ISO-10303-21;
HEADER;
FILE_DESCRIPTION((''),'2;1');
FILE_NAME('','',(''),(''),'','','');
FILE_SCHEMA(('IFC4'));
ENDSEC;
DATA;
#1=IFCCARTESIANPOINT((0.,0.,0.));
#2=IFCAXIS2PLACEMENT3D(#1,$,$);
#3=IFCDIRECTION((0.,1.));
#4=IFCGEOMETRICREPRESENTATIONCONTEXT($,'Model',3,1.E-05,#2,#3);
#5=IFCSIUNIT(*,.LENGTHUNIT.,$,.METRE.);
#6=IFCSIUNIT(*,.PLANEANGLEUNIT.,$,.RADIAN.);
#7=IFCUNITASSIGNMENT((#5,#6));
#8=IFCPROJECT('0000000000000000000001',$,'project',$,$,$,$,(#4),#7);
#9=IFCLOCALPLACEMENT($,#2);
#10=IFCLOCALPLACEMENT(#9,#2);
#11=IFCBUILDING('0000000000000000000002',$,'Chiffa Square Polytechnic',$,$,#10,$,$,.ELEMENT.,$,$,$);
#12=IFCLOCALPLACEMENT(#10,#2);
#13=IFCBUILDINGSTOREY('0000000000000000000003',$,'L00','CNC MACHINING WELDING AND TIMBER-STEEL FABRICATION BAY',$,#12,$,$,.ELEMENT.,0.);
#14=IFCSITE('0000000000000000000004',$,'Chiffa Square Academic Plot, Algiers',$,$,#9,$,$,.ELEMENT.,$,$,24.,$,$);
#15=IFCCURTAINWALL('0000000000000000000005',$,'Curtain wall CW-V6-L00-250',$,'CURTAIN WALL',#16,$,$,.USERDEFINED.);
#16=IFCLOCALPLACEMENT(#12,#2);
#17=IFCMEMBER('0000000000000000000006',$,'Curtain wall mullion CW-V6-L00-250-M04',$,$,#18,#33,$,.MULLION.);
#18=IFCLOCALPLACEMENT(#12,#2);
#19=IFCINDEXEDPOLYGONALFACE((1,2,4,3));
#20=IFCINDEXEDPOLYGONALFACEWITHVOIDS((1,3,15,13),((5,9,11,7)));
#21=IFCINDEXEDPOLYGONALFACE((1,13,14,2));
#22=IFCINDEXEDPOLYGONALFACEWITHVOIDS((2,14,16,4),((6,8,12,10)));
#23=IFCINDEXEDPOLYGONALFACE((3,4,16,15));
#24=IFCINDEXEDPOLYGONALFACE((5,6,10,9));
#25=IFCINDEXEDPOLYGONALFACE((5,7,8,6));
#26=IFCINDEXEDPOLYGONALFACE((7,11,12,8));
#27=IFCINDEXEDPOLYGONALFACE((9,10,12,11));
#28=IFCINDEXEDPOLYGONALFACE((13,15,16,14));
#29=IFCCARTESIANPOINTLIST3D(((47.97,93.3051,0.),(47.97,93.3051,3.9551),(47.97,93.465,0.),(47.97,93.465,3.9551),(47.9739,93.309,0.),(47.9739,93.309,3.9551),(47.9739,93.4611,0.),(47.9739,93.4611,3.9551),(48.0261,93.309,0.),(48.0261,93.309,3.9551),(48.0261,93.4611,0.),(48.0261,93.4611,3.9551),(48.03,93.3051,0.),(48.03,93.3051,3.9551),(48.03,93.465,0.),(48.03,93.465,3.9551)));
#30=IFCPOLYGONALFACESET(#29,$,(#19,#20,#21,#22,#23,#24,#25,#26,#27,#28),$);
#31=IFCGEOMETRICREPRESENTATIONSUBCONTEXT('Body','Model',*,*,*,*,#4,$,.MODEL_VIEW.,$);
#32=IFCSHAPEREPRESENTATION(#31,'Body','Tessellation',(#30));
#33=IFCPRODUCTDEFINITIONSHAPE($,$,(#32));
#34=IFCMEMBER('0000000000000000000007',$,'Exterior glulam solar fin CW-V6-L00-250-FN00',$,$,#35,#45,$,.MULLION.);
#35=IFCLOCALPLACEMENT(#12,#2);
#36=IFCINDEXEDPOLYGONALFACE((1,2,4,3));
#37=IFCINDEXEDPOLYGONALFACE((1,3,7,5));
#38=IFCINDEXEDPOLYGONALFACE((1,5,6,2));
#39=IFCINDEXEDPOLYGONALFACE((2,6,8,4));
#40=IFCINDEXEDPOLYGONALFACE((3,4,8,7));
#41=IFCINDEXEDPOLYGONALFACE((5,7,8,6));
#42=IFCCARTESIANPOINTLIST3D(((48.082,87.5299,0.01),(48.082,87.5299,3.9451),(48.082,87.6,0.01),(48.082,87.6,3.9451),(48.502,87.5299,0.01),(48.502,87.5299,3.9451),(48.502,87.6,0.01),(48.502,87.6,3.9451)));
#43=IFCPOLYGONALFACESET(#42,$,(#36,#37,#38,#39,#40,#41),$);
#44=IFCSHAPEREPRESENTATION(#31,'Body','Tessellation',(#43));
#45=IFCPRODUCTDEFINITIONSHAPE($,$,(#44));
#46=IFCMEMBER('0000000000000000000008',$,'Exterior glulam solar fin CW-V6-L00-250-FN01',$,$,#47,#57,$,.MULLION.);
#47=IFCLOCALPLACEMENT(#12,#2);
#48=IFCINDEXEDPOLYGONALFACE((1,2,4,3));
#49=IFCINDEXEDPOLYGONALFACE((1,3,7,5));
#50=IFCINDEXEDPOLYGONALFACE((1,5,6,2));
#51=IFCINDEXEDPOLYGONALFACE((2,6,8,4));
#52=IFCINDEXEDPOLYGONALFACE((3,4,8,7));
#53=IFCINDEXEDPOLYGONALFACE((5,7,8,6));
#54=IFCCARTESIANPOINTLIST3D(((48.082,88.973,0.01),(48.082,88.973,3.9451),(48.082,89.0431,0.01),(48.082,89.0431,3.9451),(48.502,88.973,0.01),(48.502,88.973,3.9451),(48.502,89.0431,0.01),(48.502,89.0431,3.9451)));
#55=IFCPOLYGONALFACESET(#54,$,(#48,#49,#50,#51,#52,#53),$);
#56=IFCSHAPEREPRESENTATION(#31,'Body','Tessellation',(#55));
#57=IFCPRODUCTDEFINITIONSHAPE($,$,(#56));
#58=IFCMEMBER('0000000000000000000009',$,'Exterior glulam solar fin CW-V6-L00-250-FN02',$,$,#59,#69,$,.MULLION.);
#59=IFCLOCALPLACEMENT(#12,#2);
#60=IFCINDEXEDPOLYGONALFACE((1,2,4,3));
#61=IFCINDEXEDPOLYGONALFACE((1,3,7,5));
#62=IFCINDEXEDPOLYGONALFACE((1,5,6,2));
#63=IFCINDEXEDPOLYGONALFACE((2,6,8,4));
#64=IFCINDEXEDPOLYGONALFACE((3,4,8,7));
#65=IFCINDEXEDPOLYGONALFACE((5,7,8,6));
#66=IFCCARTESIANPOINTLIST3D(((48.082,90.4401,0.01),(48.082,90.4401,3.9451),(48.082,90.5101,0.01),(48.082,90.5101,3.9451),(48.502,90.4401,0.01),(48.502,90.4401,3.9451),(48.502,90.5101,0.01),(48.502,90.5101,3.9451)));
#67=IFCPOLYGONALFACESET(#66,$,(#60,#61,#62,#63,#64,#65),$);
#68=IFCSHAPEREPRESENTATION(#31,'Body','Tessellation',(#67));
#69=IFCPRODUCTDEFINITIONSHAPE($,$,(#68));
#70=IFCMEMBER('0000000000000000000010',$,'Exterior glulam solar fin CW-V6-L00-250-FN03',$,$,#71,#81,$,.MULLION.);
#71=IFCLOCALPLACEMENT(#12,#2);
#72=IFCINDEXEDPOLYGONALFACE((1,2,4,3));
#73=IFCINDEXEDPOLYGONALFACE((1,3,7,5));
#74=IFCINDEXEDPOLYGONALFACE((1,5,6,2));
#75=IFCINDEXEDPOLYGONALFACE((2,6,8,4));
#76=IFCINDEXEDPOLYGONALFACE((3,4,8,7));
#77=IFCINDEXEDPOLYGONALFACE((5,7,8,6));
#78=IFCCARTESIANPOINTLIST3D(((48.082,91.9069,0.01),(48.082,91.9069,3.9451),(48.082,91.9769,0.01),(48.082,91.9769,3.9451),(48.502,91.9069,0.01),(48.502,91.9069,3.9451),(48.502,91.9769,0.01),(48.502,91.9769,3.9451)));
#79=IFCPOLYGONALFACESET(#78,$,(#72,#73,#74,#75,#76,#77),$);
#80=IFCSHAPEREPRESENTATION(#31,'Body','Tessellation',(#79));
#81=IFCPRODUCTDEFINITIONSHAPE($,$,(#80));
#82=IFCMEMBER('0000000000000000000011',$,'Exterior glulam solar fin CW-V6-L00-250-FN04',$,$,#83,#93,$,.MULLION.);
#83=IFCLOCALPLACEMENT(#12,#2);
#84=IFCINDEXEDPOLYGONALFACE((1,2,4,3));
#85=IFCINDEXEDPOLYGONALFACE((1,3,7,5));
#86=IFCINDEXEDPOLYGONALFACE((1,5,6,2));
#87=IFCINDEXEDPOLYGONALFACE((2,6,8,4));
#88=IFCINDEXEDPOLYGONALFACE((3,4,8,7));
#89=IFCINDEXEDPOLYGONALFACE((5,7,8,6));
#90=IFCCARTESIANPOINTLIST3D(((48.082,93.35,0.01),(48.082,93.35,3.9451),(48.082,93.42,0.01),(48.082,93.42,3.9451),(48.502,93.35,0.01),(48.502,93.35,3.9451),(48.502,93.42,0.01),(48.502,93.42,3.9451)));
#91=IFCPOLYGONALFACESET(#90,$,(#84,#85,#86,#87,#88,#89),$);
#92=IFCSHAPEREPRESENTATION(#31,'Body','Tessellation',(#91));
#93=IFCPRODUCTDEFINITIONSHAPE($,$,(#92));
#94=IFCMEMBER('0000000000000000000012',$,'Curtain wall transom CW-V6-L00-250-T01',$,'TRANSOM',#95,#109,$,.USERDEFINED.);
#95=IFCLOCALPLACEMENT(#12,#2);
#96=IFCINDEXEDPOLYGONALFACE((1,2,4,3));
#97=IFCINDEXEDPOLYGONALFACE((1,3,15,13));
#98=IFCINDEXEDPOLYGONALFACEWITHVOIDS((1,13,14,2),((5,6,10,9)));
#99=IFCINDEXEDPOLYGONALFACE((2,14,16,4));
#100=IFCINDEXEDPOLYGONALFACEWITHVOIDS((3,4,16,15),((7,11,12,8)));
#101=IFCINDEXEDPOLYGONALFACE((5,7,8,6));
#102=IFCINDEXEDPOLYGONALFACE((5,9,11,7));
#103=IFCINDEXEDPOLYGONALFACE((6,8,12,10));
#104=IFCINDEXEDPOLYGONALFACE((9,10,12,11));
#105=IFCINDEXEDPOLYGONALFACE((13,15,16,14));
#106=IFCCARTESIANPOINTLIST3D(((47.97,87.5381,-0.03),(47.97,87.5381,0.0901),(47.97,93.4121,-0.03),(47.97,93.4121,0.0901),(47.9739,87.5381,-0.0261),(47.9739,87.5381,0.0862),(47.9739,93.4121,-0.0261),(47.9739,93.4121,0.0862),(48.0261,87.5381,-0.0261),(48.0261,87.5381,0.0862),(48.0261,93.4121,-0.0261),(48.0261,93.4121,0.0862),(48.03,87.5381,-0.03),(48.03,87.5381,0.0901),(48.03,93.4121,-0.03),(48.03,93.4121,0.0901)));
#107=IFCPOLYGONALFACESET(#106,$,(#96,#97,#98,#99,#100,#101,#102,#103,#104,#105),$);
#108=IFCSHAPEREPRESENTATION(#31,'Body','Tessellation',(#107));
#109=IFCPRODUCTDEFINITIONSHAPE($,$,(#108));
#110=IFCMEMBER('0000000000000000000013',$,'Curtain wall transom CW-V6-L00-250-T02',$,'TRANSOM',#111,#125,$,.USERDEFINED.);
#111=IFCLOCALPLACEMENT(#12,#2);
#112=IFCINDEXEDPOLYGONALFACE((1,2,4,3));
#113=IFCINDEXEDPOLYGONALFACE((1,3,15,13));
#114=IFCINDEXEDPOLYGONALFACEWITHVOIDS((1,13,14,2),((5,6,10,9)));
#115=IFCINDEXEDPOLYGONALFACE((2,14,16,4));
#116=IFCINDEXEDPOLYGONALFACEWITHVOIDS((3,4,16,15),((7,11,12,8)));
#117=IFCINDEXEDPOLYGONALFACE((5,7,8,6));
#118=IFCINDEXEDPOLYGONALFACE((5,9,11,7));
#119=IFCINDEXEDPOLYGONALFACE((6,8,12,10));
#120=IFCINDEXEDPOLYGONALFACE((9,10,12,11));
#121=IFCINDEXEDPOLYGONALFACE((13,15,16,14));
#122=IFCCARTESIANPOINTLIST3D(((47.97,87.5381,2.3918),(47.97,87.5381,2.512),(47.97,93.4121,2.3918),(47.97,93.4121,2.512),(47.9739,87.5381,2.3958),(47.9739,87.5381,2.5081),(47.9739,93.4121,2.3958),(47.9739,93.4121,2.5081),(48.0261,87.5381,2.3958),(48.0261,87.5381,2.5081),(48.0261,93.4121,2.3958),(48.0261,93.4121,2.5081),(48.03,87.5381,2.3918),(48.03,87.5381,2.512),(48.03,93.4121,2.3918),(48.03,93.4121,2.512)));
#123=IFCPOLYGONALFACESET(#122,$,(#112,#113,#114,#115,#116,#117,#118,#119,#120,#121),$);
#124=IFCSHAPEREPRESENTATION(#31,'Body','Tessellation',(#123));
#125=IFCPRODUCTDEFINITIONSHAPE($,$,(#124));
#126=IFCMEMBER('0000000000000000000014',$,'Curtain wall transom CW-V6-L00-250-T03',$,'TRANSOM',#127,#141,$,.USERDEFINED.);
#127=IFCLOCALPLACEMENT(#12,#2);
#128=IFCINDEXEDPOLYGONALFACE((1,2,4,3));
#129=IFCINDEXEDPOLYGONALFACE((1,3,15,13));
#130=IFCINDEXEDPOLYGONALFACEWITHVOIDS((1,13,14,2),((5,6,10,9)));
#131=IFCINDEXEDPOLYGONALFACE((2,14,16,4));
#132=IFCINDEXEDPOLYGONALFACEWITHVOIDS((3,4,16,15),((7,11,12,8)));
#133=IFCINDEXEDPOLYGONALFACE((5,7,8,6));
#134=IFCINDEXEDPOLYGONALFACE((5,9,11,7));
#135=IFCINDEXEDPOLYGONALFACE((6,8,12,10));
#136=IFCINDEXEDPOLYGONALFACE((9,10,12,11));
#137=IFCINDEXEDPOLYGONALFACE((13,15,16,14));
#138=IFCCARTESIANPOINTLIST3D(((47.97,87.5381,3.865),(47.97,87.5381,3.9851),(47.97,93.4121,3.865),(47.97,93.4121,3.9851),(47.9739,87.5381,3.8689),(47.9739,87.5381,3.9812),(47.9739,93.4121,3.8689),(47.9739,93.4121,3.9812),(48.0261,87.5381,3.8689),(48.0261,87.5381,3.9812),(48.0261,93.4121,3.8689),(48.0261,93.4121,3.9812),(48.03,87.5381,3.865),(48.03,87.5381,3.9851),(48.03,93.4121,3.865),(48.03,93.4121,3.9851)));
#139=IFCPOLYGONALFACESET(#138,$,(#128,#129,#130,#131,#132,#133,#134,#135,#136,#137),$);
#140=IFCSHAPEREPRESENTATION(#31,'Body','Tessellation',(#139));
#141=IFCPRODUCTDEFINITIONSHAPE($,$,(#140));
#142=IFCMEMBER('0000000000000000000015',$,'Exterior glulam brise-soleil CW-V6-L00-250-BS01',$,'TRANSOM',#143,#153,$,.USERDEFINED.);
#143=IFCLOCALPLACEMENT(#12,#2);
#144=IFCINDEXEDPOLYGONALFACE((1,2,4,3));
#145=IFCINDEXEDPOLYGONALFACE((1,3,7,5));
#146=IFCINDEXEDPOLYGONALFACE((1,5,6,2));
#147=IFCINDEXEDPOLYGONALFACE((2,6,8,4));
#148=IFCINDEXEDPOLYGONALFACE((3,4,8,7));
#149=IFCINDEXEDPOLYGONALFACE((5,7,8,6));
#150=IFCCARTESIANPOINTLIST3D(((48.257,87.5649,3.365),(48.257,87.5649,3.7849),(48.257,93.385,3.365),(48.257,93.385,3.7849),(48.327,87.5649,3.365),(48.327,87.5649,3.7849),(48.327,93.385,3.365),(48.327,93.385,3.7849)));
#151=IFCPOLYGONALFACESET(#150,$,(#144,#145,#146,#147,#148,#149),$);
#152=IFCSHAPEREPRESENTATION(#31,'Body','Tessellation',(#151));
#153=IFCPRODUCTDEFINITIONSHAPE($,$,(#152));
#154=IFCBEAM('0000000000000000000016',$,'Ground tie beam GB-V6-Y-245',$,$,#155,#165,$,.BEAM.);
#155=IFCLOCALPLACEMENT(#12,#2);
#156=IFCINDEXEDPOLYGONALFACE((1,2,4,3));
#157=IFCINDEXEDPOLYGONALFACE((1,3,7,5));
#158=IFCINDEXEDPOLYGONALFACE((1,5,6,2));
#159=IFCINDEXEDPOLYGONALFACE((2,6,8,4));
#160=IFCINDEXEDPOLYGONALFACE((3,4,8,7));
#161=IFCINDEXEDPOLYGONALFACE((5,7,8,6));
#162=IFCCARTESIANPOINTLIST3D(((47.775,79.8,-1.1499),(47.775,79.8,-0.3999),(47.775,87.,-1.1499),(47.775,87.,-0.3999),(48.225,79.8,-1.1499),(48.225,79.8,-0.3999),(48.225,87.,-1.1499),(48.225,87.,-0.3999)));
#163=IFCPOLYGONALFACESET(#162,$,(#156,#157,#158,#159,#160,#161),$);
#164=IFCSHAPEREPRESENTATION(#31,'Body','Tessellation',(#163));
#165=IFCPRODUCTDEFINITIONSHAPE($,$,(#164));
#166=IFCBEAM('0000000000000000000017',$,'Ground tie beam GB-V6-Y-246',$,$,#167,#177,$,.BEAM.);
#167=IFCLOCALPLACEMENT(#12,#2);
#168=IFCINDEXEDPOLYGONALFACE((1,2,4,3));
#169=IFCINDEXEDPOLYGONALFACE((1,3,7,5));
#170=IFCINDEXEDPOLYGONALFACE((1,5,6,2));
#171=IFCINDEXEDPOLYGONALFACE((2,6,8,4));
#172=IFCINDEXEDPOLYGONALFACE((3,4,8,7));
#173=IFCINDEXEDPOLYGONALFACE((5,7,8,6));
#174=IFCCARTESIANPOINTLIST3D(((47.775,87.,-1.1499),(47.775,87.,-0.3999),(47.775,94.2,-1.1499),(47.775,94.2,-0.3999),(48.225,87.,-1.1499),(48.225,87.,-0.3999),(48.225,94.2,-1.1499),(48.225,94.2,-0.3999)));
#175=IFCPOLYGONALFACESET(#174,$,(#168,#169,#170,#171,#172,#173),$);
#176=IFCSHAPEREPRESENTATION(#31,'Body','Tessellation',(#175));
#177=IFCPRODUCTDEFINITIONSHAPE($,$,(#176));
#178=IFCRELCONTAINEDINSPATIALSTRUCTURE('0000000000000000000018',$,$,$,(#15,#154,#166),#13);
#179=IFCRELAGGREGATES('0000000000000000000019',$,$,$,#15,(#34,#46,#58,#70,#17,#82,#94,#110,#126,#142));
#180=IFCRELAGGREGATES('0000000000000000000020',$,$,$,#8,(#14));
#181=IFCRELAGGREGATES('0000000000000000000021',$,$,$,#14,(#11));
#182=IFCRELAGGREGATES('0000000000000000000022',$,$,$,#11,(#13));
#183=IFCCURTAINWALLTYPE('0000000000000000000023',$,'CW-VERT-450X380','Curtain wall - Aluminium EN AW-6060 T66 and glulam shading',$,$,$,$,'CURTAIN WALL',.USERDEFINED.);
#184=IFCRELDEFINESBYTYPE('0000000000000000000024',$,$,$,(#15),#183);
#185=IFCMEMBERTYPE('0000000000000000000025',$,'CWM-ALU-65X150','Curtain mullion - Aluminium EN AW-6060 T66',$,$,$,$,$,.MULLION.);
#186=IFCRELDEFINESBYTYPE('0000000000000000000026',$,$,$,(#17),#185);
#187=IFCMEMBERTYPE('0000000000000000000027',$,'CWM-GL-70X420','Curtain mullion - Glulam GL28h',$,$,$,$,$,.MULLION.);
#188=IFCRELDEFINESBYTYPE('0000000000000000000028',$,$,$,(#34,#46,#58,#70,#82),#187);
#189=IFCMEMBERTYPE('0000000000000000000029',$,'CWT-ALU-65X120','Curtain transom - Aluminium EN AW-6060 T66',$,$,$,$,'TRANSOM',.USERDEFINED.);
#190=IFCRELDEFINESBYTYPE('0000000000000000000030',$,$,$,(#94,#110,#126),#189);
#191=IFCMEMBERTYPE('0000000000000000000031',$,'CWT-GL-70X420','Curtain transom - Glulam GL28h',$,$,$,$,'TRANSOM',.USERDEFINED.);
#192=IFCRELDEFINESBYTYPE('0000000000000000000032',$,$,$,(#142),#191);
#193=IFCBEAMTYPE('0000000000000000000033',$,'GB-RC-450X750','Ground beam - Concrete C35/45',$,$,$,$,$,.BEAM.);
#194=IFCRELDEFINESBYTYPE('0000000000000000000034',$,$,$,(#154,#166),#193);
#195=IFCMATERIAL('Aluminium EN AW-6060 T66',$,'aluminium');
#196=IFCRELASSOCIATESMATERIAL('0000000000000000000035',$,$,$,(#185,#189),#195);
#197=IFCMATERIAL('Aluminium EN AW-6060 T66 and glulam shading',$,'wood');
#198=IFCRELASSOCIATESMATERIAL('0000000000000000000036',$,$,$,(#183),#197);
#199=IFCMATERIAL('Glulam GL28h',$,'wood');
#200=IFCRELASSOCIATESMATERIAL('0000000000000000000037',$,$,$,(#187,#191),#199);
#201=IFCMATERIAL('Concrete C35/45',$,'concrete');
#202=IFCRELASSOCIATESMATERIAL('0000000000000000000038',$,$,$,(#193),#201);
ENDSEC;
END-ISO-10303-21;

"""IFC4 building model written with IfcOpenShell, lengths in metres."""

from ifc_helpers import new_model, si_unit, direction, frame, origin, origin_2d, place, context, subcontext, project, spatial, rectangle, hollow_rectangle, extrude, material, material_profile, profile_set, type_object, element, aggregate, save


model = new_model("IFC4")

# Units and contexts
model_context = context("Model", 3, precision=1e-05, world=origin(), true_north=direction((0.0, 1.0)))
body_context = subcontext(model_context, "Body", "Model", "MODEL_VIEW")
ifc_project = project(units=[si_unit("LENGTHUNIT", "METRE"), si_unit("PLANEANGLEUNIT", "RADIAN")], contexts=[model_context])

# Site, building, storey
site_placement = place(None, origin())
site = spatial("IfcSite", under=ifc_project, at=site_placement, Name="Chiffa Square Academic Plot, Algiers", CompositionType="ELEMENT", RefElevation=24.0)
building_placement = place(site_placement, origin())
building = spatial("IfcBuilding", under=site, at=building_placement, Name="Chiffa Square Polytechnic", CompositionType="ELEMENT")
storey_placement = place(building_placement, origin())
storey = spatial("IfcBuildingStorey", under=building, at=storey_placement, Name="L00", Description="CNC MACHINING WELDING AND TIMBER-STEEL FABRICATION BAY", CompositionType="ELEMENT", Elevation=0.0)

# Shared definitions
ifc_material_1 = material(Name="Concrete C35/45", Category="concrete")

# Curtain wall, members
ifc_material_2 = material(Name="Aluminium EN AW-6060 T66 and glulam shading", Category="wood")
ifc_material_3 = material(Name="Aluminium EN AW-6060 T66", Category="aluminium")
ifc_material_profile_1 = material_profile(ifc_material_3, hollow_rectangle(XDim=0.0601, YDim=0.1599, WallThickness=0.0039, at=origin_2d()), Name="ALU 60x160x4")
ifc_profile_set_1 = profile_set([ifc_material_profile_1], Name="Aluminium EN AW-6060 T66")
member_type_1 = type_object("IfcMemberType", Name="CWM-ALU-65X150", Description="Curtain mullion - Aluminium EN AW-6060 T66", PredefinedType="MULLION", material=ifc_profile_set_1)
curtain_wall_type_1 = type_object("IfcCurtainWallType", Name="CW-VERT-450X380", Description="Curtain wall - Aluminium EN AW-6060 T66 and glulam shading", ElementType="CURTAIN WALL", PredefinedType="USERDEFINED", material=ifc_material_2)
curtain_wall_1_placement = place(storey_placement, origin())
curtain_wall_1 = element("IfcCurtainWall", 1, at=curtain_wall_1_placement, inside=storey, type_object=curtain_wall_type_1, Name="Curtain wall CW-V6-L00-250", ObjectType="CURTAIN WALL", PredefinedType="USERDEFINED")
member_1_placement = place(storey_placement, frame((48.0, 93.385, 0.0), z_axis=(0.0, 0.0, 1.0), x_axis=(1.0, 0.0, 0.0)))
member_1 = element("IfcMember", 2, at=member_1_placement, type_object=member_type_1, Name="Curtain wall mullion CW-V6-L00-250-M04", PredefinedType="MULLION", context=body_context, shape_type="SweptSolid", body=[
    extrude(hollow_rectangle(XDim=0.0601, YDim=0.1599, WallThickness=0.0039, at=origin_2d()), origin(), (0.0, 0.0, 1.0), 3.9551),
])
ifc_material_4 = material(Name="Glulam GL28h", Category="wood")
ifc_material_profile_2 = material_profile(ifc_material_4, rectangle(XDim=0.0701, YDim=0.4199, at=origin_2d()), Name="GL28h 70x420")
ifc_profile_set_2 = profile_set([ifc_material_profile_2], Name="Glulam GL28h")
member_type_2 = type_object("IfcMemberType", Name="CWM-GL-70X420", Description="Curtain mullion - Glulam GL28h", PredefinedType="MULLION", material=ifc_profile_set_2)
member_2_placement = place(storey_placement, frame((48.292, 87.5649, 0.01), z_axis=(0.0, 0.0, 1.0), x_axis=(0.0, 1.0, 0.0)))
member_2 = element("IfcMember", 3, at=member_2_placement, type_object=member_type_2, Name="Exterior glulam solar fin CW-V6-L00-250-FN00", PredefinedType="MULLION", context=body_context, shape_type="SweptSolid", body=[
    extrude(rectangle(XDim=0.0701, YDim=0.4199, at=origin_2d()), origin(), (0.0, 0.0, 1.0), 3.9351),
])
member_3_placement = place(storey_placement, frame((48.292, 89.0081, 0.01), z_axis=(0.0, 0.0, 1.0), x_axis=(0.0, 1.0, 0.0)))
member_3 = element("IfcMember", 4, at=member_3_placement, type_object=member_type_2, Name="Exterior glulam solar fin CW-V6-L00-250-FN01", PredefinedType="MULLION", context=body_context, shape_type="SweptSolid", body=[
    extrude(rectangle(XDim=0.0701, YDim=0.4199, at=origin_2d()), origin(), (0.0, 0.0, 1.0), 3.9351),
])
member_4_placement = place(storey_placement, frame((48.292, 90.4751, 0.01), z_axis=(0.0, 0.0, 1.0), x_axis=(0.0, 1.0, 0.0)))
member_4 = element("IfcMember", 5, at=member_4_placement, type_object=member_type_2, Name="Exterior glulam solar fin CW-V6-L00-250-FN02", PredefinedType="MULLION", context=body_context, shape_type="SweptSolid", body=[
    extrude(rectangle(XDim=0.0701, YDim=0.4199, at=origin_2d()), origin(), (0.0, 0.0, 1.0), 3.9351),
])
member_5_placement = place(storey_placement, frame((48.292, 91.9419, 0.01), z_axis=(0.0, 0.0, 1.0), x_axis=(0.0, 1.0, 0.0)))
member_5 = element("IfcMember", 6, at=member_5_placement, type_object=member_type_2, Name="Exterior glulam solar fin CW-V6-L00-250-FN03", PredefinedType="MULLION", context=body_context, shape_type="SweptSolid", body=[
    extrude(rectangle(XDim=0.0701, YDim=0.4199, at=origin_2d()), origin(), (0.0, 0.0, 1.0), 3.9351),
])
member_6_placement = place(storey_placement, frame((48.292, 93.385, 0.01), z_axis=(0.0, 0.0, 1.0), x_axis=(0.0, 1.0, 0.0)))
member_6 = element("IfcMember", 7, at=member_6_placement, type_object=member_type_2, Name="Exterior glulam solar fin CW-V6-L00-250-FN04", PredefinedType="MULLION", context=body_context, shape_type="SweptSolid", body=[
    extrude(rectangle(XDim=0.0701, YDim=0.4199, at=origin_2d()), origin(), (0.0, 0.0, 1.0), 3.9351),
])
ifc_material_profile_3 = material_profile(ifc_material_3, hollow_rectangle(XDim=0.0601, YDim=0.1201, WallThickness=0.0039, at=origin_2d()), Name="ALU 60x120x4")
ifc_profile_set_3 = profile_set([ifc_material_profile_3], Name="Aluminium EN AW-6060 T66")
member_type_3 = type_object("IfcMemberType", Name="CWT-ALU-65X120", Description="Curtain transom - Aluminium EN AW-6060 T66", ElementType="TRANSOM", PredefinedType="USERDEFINED", material=ifc_profile_set_3)
member_7_placement = place(storey_placement, frame((48.0, 87.5381, 0.03), z_axis=(0.0, 1.0, 0.0), x_axis=(-1.0, 0.0, 0.0)))
member_7 = element("IfcMember", 8, at=member_7_placement, type_object=member_type_3, Name="Curtain wall transom CW-V6-L00-250-T01", ObjectType="TRANSOM", PredefinedType="USERDEFINED", context=body_context, shape_type="SweptSolid", body=[
    extrude(hollow_rectangle(XDim=0.0601, YDim=0.1201, WallThickness=0.0039, at=origin_2d()), origin(), (0.0, 0.0, 1.0), 5.874),
])
member_8_placement = place(storey_placement, frame((48.0, 87.5381, 2.4519), z_axis=(0.0, 1.0, 0.0), x_axis=(-1.0, 0.0, 0.0)))
member_8 = element("IfcMember", 9, at=member_8_placement, type_object=member_type_3, Name="Curtain wall transom CW-V6-L00-250-T02", ObjectType="TRANSOM", PredefinedType="USERDEFINED", context=body_context, shape_type="SweptSolid", body=[
    extrude(hollow_rectangle(XDim=0.0601, YDim=0.1201, WallThickness=0.0039, at=origin_2d()), origin(), (0.0, 0.0, 1.0), 5.874),
])
member_9_placement = place(storey_placement, frame((48.0, 87.5381, 3.925), z_axis=(0.0, 1.0, 0.0), x_axis=(-1.0, 0.0, 0.0)))
member_9 = element("IfcMember", 10, at=member_9_placement, type_object=member_type_3, Name="Curtain wall transom CW-V6-L00-250-T03", ObjectType="TRANSOM", PredefinedType="USERDEFINED", context=body_context, shape_type="SweptSolid", body=[
    extrude(hollow_rectangle(XDim=0.0601, YDim=0.1201, WallThickness=0.0039, at=origin_2d()), origin(), (0.0, 0.0, 1.0), 5.874),
])
ifc_material_profile_4 = material_profile(ifc_material_4, rectangle(XDim=0.0701, YDim=0.4199, at=origin_2d()), Name="GL28h 70x420")
ifc_profile_set_4 = profile_set([ifc_material_profile_4], Name="Glulam GL28h")
member_type_4 = type_object("IfcMemberType", Name="CWT-GL-70X420", Description="Curtain transom - Glulam GL28h", ElementType="TRANSOM", PredefinedType="USERDEFINED", material=ifc_profile_set_4)
member_10_placement = place(storey_placement, frame((48.292, 87.5649, 3.575), z_axis=(0.0, 1.0, 0.0), x_axis=(-1.0, 0.0, 0.0)))
member_10 = element("IfcMember", 11, at=member_10_placement, type_object=member_type_4, Name="Exterior glulam brise-soleil CW-V6-L00-250-BS01", ObjectType="TRANSOM", PredefinedType="USERDEFINED", context=body_context, shape_type="SweptSolid", body=[
    extrude(rectangle(XDim=0.0701, YDim=0.4199, at=origin_2d()), origin(), (0.0, 0.0, 1.0), 5.8201),
])

# Beams
ifc_material_profile_5 = material_profile(ifc_material_1, rectangle(XDim=0.45, YDim=0.75, at=origin_2d()), Name="RC 450x750")
ifc_profile_set_5 = profile_set([ifc_material_profile_5], Name="Concrete C35/45")
beam_type_1 = type_object("IfcBeamType", Name="GB-RC-450X750", Description="Ground beam - Concrete C35/45", PredefinedType="BEAM", material=ifc_profile_set_5)
for number, where, z_axis, x_axis, name in (
    (12, (48.0, 79.8, -0.7749), (0.0, 1.0, 0.0), (-1.0, 0.0, 0.0), "Ground tie beam GB-V6-Y-245"),
    (13, (48.0, 87.0, -0.7749), (0.0, 1.0, 0.0), (-1.0, 0.0, 0.0), "Ground tie beam GB-V6-Y-246"),
):
    element("IfcBeam", number, at=place(storey_placement, frame(where, z_axis=z_axis, x_axis=x_axis)), inside=storey, type_object=beam_type_1, Name=name, PredefinedType="BEAM", context=body_context, shape_type="SweptSolid", body=[
        extrude(rectangle(XDim=0.45, YDim=0.75, at=origin_2d()), origin(), (0.0, 0.0, 1.0), 7.2),
    ])

aggregate(curtain_wall_1, [member_2, member_3, member_4, member_5, member_1, member_6, member_7, member_8, member_9, member_10])

save(model, "model.ifc")
